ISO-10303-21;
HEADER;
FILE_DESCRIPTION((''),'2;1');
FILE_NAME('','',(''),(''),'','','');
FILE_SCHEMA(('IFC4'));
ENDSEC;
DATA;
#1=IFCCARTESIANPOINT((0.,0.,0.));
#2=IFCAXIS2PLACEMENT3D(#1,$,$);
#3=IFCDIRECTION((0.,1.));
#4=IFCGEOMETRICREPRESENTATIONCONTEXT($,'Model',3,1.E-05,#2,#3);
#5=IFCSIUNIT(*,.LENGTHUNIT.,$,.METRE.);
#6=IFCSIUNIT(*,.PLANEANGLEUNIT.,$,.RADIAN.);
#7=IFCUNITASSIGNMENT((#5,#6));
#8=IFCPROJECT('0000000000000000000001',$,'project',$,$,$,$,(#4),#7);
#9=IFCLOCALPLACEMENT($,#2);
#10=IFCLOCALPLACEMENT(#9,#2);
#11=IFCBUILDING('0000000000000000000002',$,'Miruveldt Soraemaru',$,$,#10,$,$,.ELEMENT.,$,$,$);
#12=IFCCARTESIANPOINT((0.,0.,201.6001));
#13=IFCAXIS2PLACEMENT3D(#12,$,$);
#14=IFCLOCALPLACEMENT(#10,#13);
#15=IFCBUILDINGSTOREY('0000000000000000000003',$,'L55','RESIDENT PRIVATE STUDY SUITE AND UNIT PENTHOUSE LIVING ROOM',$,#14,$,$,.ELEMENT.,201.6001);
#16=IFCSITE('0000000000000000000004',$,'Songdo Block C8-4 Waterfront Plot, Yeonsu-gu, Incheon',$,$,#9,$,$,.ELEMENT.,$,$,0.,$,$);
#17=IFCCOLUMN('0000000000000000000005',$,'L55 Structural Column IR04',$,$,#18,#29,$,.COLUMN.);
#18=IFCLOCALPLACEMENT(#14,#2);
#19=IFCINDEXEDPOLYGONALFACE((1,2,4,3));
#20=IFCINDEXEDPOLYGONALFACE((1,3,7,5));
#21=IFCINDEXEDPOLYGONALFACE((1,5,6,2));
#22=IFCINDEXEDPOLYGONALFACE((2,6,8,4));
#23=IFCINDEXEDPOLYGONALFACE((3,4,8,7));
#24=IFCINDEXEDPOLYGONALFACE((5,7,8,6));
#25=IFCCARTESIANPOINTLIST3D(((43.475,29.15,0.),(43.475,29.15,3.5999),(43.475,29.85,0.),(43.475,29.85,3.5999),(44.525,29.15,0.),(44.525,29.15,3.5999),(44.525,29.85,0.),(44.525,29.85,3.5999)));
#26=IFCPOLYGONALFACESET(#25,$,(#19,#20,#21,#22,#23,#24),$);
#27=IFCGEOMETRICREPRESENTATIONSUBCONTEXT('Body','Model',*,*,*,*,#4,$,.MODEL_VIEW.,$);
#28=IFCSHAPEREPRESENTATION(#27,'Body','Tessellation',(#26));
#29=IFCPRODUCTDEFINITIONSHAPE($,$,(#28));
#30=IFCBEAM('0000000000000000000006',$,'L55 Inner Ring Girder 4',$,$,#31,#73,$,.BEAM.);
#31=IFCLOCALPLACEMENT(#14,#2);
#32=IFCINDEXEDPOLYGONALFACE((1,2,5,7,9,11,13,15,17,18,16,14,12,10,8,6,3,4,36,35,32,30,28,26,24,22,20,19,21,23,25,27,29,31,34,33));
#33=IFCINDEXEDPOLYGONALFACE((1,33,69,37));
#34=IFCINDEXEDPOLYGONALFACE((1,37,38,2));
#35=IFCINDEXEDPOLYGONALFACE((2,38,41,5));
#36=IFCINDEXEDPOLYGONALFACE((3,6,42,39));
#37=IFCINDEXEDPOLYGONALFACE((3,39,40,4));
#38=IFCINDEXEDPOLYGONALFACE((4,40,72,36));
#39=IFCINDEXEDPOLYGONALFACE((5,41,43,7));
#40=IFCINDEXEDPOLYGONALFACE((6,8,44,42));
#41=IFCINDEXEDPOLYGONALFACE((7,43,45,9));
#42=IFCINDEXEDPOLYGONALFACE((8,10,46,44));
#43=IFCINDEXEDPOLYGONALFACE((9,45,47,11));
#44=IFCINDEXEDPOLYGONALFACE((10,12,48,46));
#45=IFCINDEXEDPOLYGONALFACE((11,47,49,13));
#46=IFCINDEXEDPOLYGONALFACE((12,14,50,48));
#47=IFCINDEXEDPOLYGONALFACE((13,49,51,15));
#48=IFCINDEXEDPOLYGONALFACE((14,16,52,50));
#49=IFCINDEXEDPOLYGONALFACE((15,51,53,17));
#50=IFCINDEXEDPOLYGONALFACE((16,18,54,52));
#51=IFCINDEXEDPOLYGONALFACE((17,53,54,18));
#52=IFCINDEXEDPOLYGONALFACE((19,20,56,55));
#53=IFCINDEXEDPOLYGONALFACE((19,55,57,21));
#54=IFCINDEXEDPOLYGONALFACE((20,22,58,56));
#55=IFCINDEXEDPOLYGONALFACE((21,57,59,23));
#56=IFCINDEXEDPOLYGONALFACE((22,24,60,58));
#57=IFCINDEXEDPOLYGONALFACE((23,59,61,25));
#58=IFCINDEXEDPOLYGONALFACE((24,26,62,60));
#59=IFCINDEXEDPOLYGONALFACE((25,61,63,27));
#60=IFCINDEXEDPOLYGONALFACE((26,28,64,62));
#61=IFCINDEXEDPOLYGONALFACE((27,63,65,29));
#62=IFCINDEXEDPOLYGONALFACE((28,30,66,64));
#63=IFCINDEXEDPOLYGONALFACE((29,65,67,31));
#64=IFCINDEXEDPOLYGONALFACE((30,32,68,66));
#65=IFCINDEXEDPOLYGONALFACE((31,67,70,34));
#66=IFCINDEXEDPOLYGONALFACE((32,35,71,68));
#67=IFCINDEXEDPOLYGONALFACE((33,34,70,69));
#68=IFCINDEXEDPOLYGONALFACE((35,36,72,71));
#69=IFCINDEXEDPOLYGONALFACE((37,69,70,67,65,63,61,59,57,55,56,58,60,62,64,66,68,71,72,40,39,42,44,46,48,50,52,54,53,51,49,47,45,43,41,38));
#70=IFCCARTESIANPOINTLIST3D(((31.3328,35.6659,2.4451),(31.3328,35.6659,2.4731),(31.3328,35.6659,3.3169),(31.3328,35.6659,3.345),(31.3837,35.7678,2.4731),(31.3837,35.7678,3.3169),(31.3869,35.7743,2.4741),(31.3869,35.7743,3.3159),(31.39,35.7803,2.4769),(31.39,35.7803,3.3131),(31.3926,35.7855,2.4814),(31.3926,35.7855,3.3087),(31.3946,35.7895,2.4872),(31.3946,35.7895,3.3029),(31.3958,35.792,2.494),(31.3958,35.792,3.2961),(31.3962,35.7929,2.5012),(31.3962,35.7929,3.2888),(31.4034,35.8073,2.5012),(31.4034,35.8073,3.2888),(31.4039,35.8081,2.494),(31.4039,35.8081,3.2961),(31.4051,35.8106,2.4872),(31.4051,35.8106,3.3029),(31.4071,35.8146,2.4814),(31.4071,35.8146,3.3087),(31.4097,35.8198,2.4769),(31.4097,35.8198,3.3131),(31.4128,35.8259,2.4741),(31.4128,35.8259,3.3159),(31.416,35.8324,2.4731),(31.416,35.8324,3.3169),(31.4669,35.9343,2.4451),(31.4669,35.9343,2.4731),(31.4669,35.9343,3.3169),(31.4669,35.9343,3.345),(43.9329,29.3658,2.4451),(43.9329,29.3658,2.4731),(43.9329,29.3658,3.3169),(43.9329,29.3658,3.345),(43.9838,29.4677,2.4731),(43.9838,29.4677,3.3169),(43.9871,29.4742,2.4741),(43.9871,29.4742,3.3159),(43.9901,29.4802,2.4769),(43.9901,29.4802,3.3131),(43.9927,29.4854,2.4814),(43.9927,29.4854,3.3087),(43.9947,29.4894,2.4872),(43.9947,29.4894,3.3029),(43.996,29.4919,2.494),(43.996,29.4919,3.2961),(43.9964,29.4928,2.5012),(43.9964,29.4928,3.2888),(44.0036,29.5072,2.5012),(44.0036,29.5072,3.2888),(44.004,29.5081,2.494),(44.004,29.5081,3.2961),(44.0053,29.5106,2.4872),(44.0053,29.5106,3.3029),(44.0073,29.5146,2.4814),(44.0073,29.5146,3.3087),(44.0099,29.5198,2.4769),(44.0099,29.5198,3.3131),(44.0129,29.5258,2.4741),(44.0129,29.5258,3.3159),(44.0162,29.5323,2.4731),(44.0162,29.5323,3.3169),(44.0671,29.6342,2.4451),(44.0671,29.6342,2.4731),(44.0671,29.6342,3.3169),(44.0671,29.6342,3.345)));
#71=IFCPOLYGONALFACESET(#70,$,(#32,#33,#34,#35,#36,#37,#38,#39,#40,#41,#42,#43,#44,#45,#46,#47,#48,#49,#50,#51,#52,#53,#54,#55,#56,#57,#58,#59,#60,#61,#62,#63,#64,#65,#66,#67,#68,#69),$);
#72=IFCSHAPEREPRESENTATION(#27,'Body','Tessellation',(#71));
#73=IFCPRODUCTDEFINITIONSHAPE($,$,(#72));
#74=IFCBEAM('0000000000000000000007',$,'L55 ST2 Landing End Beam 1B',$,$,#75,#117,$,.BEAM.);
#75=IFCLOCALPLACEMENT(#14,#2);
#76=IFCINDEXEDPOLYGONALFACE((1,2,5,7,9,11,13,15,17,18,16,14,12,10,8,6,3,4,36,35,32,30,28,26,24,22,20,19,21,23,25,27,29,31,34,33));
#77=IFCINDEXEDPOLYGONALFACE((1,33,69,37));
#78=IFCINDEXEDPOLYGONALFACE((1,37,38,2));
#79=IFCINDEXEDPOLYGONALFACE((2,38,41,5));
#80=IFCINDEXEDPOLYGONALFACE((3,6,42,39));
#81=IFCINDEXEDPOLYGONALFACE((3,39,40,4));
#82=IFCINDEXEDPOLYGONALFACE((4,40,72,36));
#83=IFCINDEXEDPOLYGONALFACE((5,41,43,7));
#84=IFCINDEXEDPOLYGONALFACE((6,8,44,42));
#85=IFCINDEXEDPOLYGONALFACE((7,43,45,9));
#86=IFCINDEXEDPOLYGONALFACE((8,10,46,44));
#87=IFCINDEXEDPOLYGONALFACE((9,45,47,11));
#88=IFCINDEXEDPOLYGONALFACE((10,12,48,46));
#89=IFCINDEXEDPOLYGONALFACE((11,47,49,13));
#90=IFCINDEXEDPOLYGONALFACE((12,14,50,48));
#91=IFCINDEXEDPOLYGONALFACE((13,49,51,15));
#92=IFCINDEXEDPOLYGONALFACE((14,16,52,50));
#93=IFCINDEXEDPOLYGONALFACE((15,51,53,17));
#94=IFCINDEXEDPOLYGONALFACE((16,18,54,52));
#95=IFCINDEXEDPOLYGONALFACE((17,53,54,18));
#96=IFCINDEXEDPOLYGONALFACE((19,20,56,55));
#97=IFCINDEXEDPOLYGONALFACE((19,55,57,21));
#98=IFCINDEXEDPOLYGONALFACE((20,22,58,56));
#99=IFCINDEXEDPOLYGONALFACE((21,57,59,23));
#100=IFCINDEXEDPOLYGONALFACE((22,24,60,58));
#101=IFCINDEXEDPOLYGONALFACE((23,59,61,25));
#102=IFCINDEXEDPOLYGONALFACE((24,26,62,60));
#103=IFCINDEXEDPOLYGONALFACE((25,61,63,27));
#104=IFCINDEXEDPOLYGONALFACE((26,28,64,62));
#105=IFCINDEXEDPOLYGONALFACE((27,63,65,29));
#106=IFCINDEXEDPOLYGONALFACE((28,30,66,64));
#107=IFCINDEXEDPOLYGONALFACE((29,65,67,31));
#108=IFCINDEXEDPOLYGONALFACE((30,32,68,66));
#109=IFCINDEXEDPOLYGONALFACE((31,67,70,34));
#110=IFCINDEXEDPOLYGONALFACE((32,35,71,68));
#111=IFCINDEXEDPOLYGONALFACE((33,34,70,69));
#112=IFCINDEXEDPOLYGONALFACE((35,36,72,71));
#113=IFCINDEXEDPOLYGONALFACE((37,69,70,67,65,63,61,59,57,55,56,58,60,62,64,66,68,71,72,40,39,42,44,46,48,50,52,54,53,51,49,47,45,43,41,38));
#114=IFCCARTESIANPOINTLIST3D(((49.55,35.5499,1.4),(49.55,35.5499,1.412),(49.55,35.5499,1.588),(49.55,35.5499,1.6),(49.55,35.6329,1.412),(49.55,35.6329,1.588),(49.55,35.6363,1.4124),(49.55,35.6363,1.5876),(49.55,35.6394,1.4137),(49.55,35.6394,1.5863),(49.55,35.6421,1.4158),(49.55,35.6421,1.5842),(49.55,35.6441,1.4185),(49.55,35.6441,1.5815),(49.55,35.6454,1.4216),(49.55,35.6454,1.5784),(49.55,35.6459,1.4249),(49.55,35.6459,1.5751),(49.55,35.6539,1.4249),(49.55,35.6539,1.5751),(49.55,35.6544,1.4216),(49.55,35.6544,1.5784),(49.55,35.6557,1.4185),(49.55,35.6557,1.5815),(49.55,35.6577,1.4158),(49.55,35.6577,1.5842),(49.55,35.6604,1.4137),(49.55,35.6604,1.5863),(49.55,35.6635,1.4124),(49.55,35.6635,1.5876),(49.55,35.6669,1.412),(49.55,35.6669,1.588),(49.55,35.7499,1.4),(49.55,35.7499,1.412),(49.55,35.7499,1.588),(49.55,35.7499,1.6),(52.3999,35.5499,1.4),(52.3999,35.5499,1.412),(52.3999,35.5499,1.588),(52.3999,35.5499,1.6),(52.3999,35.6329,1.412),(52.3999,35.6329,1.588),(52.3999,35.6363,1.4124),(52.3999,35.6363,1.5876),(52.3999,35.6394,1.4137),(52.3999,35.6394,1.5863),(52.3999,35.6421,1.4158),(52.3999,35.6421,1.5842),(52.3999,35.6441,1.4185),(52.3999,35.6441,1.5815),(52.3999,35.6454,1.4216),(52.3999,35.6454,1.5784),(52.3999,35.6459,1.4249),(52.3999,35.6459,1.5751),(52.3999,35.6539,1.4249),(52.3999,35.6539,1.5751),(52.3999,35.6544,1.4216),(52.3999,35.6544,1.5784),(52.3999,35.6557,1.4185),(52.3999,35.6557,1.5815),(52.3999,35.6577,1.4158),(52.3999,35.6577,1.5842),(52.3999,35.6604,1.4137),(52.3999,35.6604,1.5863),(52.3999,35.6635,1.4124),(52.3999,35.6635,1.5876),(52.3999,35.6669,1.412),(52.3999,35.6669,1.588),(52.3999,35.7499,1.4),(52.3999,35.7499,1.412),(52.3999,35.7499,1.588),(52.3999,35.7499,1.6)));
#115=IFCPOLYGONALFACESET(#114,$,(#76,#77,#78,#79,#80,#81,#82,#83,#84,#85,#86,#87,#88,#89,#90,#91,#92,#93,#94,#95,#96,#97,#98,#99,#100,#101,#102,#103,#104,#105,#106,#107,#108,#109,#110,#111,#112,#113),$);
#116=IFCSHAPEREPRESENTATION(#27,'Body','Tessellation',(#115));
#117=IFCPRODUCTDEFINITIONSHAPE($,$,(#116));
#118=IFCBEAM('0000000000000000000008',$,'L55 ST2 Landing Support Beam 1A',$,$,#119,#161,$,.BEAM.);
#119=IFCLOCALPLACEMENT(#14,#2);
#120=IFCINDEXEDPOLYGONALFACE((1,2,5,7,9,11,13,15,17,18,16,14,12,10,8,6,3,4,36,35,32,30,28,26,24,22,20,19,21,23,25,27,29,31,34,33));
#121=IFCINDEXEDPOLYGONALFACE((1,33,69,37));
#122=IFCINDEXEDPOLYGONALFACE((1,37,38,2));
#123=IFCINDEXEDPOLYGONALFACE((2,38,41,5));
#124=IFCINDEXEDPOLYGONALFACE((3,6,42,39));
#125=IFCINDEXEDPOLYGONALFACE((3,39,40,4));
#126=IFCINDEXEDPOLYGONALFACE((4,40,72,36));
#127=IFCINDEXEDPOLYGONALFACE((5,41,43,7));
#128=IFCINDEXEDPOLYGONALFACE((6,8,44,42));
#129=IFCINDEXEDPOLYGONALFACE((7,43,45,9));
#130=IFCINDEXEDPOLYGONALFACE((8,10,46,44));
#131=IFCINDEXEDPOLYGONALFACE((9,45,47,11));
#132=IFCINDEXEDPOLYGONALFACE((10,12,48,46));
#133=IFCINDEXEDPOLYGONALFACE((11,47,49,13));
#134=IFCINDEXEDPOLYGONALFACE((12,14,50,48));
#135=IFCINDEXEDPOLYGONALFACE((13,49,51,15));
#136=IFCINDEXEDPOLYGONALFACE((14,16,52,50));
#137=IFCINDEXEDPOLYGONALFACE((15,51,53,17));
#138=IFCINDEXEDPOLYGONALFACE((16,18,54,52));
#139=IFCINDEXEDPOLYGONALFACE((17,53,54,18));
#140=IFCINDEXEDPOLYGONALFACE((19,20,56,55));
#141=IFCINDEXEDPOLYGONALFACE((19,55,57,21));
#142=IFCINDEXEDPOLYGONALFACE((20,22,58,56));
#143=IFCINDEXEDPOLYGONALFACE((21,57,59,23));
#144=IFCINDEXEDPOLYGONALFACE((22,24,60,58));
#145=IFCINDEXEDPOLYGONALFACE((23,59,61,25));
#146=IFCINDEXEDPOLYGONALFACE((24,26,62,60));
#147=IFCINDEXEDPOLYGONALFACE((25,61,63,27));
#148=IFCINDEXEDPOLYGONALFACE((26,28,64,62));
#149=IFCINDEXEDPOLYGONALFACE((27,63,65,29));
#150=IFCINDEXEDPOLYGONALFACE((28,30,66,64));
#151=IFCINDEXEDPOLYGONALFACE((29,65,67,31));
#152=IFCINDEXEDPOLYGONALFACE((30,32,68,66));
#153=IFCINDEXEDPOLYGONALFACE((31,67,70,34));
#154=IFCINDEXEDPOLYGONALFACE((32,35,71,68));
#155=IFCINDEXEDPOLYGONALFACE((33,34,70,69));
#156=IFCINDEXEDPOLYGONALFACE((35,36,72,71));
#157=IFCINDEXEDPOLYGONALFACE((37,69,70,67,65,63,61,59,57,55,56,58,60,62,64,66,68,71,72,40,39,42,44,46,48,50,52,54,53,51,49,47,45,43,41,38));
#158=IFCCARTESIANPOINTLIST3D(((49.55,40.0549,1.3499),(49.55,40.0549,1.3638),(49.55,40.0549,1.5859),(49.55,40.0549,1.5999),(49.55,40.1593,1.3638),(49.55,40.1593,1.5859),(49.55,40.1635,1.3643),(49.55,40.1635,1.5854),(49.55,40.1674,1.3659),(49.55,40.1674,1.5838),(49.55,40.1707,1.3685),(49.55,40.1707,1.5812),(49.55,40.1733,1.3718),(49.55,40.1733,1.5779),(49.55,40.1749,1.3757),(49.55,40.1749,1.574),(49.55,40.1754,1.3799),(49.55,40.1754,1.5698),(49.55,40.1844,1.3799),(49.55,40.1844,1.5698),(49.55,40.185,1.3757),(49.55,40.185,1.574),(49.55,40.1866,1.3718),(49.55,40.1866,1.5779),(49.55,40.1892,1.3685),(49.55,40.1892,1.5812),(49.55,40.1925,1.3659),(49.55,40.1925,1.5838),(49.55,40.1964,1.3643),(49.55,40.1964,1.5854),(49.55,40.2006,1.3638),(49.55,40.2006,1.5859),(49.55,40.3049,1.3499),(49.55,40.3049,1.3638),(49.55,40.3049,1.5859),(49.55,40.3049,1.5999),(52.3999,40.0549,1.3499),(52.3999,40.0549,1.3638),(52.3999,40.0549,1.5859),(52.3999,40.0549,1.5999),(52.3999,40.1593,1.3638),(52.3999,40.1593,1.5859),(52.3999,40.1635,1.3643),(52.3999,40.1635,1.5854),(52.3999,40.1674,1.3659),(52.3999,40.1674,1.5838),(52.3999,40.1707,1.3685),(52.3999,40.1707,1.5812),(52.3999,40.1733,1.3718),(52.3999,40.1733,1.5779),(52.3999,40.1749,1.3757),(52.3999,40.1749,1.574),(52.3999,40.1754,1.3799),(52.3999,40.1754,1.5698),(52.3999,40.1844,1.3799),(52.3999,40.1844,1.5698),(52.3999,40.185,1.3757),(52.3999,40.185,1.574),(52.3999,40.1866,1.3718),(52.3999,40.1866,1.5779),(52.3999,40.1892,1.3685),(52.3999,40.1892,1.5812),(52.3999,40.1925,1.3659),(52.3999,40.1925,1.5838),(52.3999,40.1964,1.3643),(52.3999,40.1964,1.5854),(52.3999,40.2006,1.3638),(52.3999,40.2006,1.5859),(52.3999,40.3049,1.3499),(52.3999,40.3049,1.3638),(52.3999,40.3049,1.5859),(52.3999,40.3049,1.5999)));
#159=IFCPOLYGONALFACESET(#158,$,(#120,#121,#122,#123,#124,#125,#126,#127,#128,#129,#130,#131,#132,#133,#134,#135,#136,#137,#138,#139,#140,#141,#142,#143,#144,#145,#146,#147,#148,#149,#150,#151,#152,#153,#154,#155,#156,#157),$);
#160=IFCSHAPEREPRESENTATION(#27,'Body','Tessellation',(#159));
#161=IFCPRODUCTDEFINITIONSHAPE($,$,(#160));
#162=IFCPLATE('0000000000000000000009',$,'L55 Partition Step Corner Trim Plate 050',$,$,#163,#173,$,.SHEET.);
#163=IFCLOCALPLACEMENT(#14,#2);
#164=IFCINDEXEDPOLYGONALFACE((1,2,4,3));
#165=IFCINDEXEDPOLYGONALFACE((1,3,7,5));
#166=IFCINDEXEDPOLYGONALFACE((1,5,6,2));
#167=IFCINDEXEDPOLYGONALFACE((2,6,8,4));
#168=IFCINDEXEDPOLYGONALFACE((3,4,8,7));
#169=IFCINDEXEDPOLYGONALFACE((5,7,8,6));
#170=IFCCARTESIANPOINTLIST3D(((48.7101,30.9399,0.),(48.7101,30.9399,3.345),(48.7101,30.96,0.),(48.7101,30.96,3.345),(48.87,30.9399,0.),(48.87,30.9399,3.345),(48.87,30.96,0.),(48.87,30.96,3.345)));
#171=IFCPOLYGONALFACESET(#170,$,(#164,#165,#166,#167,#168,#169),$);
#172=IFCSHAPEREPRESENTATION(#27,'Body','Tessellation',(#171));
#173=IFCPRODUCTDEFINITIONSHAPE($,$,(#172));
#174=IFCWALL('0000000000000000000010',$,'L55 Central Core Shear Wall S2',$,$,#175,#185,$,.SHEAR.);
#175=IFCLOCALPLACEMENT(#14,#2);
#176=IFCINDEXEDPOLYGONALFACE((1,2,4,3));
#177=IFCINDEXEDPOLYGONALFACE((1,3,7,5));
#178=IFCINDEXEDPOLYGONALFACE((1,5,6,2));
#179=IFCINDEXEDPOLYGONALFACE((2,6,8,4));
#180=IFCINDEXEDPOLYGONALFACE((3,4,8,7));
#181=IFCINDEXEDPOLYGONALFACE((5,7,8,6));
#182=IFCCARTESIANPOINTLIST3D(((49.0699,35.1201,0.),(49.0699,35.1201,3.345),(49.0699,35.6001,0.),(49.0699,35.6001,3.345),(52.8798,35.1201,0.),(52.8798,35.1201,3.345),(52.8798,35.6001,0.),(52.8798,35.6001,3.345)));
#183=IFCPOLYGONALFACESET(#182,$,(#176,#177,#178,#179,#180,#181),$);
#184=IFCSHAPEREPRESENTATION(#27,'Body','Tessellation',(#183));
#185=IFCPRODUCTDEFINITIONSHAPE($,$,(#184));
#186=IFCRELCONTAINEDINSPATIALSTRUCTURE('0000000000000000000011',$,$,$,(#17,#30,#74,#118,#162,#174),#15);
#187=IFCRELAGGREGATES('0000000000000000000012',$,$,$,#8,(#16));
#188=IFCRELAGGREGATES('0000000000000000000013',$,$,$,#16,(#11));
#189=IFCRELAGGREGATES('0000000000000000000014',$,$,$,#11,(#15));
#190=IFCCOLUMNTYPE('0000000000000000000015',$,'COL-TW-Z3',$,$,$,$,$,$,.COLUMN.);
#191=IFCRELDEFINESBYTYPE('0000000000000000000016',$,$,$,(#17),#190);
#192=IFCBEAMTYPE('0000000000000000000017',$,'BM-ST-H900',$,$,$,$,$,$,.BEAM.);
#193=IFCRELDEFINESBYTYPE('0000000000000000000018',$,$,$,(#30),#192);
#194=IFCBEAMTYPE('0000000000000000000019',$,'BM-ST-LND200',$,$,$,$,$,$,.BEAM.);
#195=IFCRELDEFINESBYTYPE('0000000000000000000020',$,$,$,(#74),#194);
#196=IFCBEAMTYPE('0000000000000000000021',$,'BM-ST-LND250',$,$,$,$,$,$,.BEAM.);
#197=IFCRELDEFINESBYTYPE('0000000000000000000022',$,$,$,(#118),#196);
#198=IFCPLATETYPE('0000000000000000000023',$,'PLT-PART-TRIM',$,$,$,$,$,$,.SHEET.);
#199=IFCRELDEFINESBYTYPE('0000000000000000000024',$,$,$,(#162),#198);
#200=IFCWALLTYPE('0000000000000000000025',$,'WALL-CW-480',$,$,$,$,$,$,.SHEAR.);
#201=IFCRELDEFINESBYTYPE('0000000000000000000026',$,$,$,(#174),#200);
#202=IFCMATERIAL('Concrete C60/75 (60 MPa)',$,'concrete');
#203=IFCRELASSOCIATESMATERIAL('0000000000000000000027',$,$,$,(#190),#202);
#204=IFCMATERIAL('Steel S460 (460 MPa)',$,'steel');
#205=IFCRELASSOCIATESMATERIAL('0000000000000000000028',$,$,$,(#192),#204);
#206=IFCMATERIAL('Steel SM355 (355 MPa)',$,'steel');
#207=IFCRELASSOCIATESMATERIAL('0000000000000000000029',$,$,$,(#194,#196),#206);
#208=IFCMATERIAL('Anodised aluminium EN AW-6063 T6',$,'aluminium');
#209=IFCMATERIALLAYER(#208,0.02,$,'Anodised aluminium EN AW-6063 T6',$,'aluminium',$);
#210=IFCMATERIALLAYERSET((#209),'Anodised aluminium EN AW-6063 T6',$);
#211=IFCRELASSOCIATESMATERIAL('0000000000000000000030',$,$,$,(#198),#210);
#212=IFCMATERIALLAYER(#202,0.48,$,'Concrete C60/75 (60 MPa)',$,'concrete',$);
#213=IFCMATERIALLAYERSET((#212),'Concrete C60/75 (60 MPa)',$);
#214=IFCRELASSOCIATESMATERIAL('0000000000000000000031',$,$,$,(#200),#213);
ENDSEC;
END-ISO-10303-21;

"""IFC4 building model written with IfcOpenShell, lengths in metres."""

from ifc_helpers import new_model, si_unit, direction, frame, frame_2d, origin, origin_2d, place, context, subcontext, project, spatial, rectangle, i_section, extrude, material, layer, layer_set, material_profile, profile_set, type_object, element, save


model = new_model("IFC4")

# Units and contexts
model_context = context("Model", 3, precision=1e-05, world=origin(), true_north=direction((0.0, 1.0)))
body_context = subcontext(model_context, "Body", "Model", "MODEL_VIEW")
ifc_project = project(units=[si_unit("LENGTHUNIT", "METRE"), si_unit("PLANEANGLEUNIT", "RADIAN")], contexts=[model_context])

# Site, building, storey
site_placement = place(None, origin())
site = spatial("IfcSite", under=ifc_project, at=site_placement, Name="Songdo Block C8-4 Waterfront Plot, Yeonsu-gu, Incheon", CompositionType="ELEMENT", RefElevation=0.0)
building_placement = place(site_placement, origin())
building = spatial("IfcBuilding", under=site, at=building_placement, Name="Miruveldt Soraemaru", CompositionType="ELEMENT")
storey_placement = place(building_placement, frame((0.0, 0.0, 201.6001)))
storey = spatial("IfcBuildingStorey", under=building, at=storey_placement, Name="L55", Description="RESIDENT PRIVATE STUDY SUITE AND UNIT PENTHOUSE LIVING ROOM", CompositionType="ELEMENT", Elevation=201.6001)

# Column
ifc_material_1 = material(Name="Concrete C60/75 (60 MPa)", Category="concrete")
ifc_material_profile_1 = material_profile(ifc_material_1, rectangle(XDim=1.05, YDim=0.7, at=origin_2d()), Name="Concrete C60/75 (60 MPa)", Category="concrete")
ifc_profile_set_1 = profile_set([ifc_material_profile_1], Name="Concrete C60/75 (60 MPa)")
column_type = type_object("IfcColumnType", Name="COL-TW-Z3", PredefinedType="COLUMN", material=ifc_profile_set_1)
column_placement = place(storey_placement, frame((44.0, 29.5, 0.0), z_axis=(0.0, 0.0, 1.0), x_axis=(1.0, 0.0, 0.0)))
element("IfcColumn", 1, at=column_placement, inside=storey, type_object=column_type, Name="L55 Structural Column IR04", PredefinedType="COLUMN", context=body_context, shape_type="SweptSolid", body=[
    extrude(rectangle(XDim=1.05, YDim=0.7, at=origin_2d()), origin(), (0.0, 0.0, 1.0), 3.5999),
])

# Beams
ifc_material_2 = material(Name="Steel S460 (460 MPa)", Category="steel")
ifc_material_profile_2 = material_profile(ifc_material_2, i_section(OverallWidth=0.3, OverallDepth=0.8999, WebThickness=0.0161, FlangeThickness=0.0281, FilletRadius=0.0281, at=origin_2d()), Name="Steel S460 (460 MPa)", Category="steel")
ifc_profile_set_2 = profile_set([ifc_material_profile_2], Name="Steel S460 (460 MPa)")
beam_type_1 = type_object("IfcBeamType", Name="BM-ST-H900", PredefinedType="BEAM", material=ifc_profile_set_2)
beam_1_placement = place(storey_placement, frame((44.0, 29.5, 2.895), z_axis=(-0.894427, 0.447214, 0.0), x_axis=(-0.447214, -0.894427, 0.0)))
element("IfcBeam", 2, at=beam_1_placement, inside=storey, type_object=beam_type_1, Name="L55 Inner Ring Girder 4", PredefinedType="BEAM", context=body_context, shape_type="SweptSolid", body=[
    extrude(i_section(OverallWidth=0.3, OverallDepth=0.8999, WebThickness=0.0161, FlangeThickness=0.0281, FilletRadius=0.0281, at=origin_2d()), origin(), (0.0, 0.0, 1.0), 14.0874),
])
ifc_material_3 = material(Name="Steel SM355 (355 MPa)", Category="steel")
ifc_material_profile_3 = material_profile(ifc_material_3, i_section(OverallWidth=0.2, OverallDepth=0.2, WebThickness=0.0081, FlangeThickness=0.012, FilletRadius=0.0129, at=origin_2d()), Name="Steel SM355 (355 MPa)", Category="steel")
ifc_profile_set_3 = profile_set([ifc_material_profile_3], Name="Steel SM355 (355 MPa)")
beam_type_2 = type_object("IfcBeamType", Name="BM-ST-LND200", PredefinedType="BEAM", material=ifc_profile_set_3)
beam_2_placement = place(storey_placement, frame((49.55, 35.6499, 1.5), z_axis=(1.0, 0.0, 0.0), x_axis=(0.0, 1.0, 0.0)))
element("IfcBeam", 3, at=beam_2_placement, inside=storey, type_object=beam_type_2, Name="L55 ST2 Landing End Beam 1B", PredefinedType="BEAM", context=body_context, shape_type="SweptSolid", body=[
    extrude(i_section(OverallWidth=0.2, OverallDepth=0.2, WebThickness=0.0081, FlangeThickness=0.012, FilletRadius=0.0129, at=origin_2d()), origin(), (0.0, 0.0, 1.0), 2.8499),
])
ifc_material_profile_4 = material_profile(ifc_material_3, i_section(OverallWidth=0.25, OverallDepth=0.25, WebThickness=0.009, FlangeThickness=0.0139, FilletRadius=0.0161, at=origin_2d()), Name="Steel SM355 (355 MPa)", Category="steel")
ifc_profile_set_4 = profile_set([ifc_material_profile_4], Name="Steel SM355 (355 MPa)")
beam_type_3 = type_object("IfcBeamType", Name="BM-ST-LND250", PredefinedType="BEAM", material=ifc_profile_set_4)
beam_3_placement = place(storey_placement, frame((49.55, 40.1799, 1.4749), z_axis=(1.0, 0.0, 0.0), x_axis=(0.0, 1.0, 0.0)))
element("IfcBeam", 4, at=beam_3_placement, inside=storey, type_object=beam_type_3, Name="L55 ST2 Landing Support Beam 1A", PredefinedType="BEAM", context=body_context, shape_type="SweptSolid", body=[
    extrude(i_section(OverallWidth=0.25, OverallDepth=0.25, WebThickness=0.009, FlangeThickness=0.0139, FilletRadius=0.0161, at=origin_2d()), origin(), (0.0, 0.0, 1.0), 2.8499),
])

# Plate
ifc_material_4 = material(Name="Anodised aluminium EN AW-6063 T6", Category="aluminium")
ifc_layer_1 = layer(ifc_material_4, 0.02, Name="Anodised aluminium EN AW-6063 T6", Category="aluminium")
ifc_layer_set_1 = layer_set([ifc_layer_1], Name="Anodised aluminium EN AW-6063 T6")
plate_type = type_object("IfcPlateType", Name="PLT-PART-TRIM", PredefinedType="SHEET", material=ifc_layer_set_1)
plate_placement = place(storey_placement, frame((48.79, 30.95, 0.0), z_axis=(0.0, 0.0, 1.0), x_axis=(1.0, 0.0, 0.0)))
element("IfcPlate", 5, at=plate_placement, inside=storey, type_object=plate_type, Name="L55 Partition Step Corner Trim Plate 050", PredefinedType="SHEET", context=body_context, shape_type="SweptSolid", body=[
    extrude(rectangle(XDim=0.1599, YDim=0.02, at=origin_2d()), origin(), (0.0, 0.0, 1.0), 3.345),
])

# Wall
ifc_layer_2 = layer(ifc_material_1, 0.48, Name="Concrete C60/75 (60 MPa)", Category="concrete")
ifc_layer_set_2 = layer_set([ifc_layer_2], Name="Concrete C60/75 (60 MPa)")
wall_type_1 = type_object("IfcWallType", Name="WALL-CW-480", PredefinedType="SHEAR", material=ifc_layer_set_2)
wall_1_placement = place(storey_placement, frame((49.0701, 35.3601, 0.0), z_axis=(0.0, 0.0, 1.0), x_axis=(1.0, 0.0, 0.0)))
element("IfcWall", 6, at=wall_1_placement, inside=storey, type_object=wall_type_1, Name="L55 Central Core Shear Wall S2", PredefinedType="SHEAR", context=body_context, shape_type="SweptSolid", body=[
    extrude(rectangle(XDim=3.8098, YDim=0.48, at=frame_2d((1.9048, 0.0))), origin(), (0.0, 0.0, 1.0), 3.345),
])

save(model, "model.ifc")
